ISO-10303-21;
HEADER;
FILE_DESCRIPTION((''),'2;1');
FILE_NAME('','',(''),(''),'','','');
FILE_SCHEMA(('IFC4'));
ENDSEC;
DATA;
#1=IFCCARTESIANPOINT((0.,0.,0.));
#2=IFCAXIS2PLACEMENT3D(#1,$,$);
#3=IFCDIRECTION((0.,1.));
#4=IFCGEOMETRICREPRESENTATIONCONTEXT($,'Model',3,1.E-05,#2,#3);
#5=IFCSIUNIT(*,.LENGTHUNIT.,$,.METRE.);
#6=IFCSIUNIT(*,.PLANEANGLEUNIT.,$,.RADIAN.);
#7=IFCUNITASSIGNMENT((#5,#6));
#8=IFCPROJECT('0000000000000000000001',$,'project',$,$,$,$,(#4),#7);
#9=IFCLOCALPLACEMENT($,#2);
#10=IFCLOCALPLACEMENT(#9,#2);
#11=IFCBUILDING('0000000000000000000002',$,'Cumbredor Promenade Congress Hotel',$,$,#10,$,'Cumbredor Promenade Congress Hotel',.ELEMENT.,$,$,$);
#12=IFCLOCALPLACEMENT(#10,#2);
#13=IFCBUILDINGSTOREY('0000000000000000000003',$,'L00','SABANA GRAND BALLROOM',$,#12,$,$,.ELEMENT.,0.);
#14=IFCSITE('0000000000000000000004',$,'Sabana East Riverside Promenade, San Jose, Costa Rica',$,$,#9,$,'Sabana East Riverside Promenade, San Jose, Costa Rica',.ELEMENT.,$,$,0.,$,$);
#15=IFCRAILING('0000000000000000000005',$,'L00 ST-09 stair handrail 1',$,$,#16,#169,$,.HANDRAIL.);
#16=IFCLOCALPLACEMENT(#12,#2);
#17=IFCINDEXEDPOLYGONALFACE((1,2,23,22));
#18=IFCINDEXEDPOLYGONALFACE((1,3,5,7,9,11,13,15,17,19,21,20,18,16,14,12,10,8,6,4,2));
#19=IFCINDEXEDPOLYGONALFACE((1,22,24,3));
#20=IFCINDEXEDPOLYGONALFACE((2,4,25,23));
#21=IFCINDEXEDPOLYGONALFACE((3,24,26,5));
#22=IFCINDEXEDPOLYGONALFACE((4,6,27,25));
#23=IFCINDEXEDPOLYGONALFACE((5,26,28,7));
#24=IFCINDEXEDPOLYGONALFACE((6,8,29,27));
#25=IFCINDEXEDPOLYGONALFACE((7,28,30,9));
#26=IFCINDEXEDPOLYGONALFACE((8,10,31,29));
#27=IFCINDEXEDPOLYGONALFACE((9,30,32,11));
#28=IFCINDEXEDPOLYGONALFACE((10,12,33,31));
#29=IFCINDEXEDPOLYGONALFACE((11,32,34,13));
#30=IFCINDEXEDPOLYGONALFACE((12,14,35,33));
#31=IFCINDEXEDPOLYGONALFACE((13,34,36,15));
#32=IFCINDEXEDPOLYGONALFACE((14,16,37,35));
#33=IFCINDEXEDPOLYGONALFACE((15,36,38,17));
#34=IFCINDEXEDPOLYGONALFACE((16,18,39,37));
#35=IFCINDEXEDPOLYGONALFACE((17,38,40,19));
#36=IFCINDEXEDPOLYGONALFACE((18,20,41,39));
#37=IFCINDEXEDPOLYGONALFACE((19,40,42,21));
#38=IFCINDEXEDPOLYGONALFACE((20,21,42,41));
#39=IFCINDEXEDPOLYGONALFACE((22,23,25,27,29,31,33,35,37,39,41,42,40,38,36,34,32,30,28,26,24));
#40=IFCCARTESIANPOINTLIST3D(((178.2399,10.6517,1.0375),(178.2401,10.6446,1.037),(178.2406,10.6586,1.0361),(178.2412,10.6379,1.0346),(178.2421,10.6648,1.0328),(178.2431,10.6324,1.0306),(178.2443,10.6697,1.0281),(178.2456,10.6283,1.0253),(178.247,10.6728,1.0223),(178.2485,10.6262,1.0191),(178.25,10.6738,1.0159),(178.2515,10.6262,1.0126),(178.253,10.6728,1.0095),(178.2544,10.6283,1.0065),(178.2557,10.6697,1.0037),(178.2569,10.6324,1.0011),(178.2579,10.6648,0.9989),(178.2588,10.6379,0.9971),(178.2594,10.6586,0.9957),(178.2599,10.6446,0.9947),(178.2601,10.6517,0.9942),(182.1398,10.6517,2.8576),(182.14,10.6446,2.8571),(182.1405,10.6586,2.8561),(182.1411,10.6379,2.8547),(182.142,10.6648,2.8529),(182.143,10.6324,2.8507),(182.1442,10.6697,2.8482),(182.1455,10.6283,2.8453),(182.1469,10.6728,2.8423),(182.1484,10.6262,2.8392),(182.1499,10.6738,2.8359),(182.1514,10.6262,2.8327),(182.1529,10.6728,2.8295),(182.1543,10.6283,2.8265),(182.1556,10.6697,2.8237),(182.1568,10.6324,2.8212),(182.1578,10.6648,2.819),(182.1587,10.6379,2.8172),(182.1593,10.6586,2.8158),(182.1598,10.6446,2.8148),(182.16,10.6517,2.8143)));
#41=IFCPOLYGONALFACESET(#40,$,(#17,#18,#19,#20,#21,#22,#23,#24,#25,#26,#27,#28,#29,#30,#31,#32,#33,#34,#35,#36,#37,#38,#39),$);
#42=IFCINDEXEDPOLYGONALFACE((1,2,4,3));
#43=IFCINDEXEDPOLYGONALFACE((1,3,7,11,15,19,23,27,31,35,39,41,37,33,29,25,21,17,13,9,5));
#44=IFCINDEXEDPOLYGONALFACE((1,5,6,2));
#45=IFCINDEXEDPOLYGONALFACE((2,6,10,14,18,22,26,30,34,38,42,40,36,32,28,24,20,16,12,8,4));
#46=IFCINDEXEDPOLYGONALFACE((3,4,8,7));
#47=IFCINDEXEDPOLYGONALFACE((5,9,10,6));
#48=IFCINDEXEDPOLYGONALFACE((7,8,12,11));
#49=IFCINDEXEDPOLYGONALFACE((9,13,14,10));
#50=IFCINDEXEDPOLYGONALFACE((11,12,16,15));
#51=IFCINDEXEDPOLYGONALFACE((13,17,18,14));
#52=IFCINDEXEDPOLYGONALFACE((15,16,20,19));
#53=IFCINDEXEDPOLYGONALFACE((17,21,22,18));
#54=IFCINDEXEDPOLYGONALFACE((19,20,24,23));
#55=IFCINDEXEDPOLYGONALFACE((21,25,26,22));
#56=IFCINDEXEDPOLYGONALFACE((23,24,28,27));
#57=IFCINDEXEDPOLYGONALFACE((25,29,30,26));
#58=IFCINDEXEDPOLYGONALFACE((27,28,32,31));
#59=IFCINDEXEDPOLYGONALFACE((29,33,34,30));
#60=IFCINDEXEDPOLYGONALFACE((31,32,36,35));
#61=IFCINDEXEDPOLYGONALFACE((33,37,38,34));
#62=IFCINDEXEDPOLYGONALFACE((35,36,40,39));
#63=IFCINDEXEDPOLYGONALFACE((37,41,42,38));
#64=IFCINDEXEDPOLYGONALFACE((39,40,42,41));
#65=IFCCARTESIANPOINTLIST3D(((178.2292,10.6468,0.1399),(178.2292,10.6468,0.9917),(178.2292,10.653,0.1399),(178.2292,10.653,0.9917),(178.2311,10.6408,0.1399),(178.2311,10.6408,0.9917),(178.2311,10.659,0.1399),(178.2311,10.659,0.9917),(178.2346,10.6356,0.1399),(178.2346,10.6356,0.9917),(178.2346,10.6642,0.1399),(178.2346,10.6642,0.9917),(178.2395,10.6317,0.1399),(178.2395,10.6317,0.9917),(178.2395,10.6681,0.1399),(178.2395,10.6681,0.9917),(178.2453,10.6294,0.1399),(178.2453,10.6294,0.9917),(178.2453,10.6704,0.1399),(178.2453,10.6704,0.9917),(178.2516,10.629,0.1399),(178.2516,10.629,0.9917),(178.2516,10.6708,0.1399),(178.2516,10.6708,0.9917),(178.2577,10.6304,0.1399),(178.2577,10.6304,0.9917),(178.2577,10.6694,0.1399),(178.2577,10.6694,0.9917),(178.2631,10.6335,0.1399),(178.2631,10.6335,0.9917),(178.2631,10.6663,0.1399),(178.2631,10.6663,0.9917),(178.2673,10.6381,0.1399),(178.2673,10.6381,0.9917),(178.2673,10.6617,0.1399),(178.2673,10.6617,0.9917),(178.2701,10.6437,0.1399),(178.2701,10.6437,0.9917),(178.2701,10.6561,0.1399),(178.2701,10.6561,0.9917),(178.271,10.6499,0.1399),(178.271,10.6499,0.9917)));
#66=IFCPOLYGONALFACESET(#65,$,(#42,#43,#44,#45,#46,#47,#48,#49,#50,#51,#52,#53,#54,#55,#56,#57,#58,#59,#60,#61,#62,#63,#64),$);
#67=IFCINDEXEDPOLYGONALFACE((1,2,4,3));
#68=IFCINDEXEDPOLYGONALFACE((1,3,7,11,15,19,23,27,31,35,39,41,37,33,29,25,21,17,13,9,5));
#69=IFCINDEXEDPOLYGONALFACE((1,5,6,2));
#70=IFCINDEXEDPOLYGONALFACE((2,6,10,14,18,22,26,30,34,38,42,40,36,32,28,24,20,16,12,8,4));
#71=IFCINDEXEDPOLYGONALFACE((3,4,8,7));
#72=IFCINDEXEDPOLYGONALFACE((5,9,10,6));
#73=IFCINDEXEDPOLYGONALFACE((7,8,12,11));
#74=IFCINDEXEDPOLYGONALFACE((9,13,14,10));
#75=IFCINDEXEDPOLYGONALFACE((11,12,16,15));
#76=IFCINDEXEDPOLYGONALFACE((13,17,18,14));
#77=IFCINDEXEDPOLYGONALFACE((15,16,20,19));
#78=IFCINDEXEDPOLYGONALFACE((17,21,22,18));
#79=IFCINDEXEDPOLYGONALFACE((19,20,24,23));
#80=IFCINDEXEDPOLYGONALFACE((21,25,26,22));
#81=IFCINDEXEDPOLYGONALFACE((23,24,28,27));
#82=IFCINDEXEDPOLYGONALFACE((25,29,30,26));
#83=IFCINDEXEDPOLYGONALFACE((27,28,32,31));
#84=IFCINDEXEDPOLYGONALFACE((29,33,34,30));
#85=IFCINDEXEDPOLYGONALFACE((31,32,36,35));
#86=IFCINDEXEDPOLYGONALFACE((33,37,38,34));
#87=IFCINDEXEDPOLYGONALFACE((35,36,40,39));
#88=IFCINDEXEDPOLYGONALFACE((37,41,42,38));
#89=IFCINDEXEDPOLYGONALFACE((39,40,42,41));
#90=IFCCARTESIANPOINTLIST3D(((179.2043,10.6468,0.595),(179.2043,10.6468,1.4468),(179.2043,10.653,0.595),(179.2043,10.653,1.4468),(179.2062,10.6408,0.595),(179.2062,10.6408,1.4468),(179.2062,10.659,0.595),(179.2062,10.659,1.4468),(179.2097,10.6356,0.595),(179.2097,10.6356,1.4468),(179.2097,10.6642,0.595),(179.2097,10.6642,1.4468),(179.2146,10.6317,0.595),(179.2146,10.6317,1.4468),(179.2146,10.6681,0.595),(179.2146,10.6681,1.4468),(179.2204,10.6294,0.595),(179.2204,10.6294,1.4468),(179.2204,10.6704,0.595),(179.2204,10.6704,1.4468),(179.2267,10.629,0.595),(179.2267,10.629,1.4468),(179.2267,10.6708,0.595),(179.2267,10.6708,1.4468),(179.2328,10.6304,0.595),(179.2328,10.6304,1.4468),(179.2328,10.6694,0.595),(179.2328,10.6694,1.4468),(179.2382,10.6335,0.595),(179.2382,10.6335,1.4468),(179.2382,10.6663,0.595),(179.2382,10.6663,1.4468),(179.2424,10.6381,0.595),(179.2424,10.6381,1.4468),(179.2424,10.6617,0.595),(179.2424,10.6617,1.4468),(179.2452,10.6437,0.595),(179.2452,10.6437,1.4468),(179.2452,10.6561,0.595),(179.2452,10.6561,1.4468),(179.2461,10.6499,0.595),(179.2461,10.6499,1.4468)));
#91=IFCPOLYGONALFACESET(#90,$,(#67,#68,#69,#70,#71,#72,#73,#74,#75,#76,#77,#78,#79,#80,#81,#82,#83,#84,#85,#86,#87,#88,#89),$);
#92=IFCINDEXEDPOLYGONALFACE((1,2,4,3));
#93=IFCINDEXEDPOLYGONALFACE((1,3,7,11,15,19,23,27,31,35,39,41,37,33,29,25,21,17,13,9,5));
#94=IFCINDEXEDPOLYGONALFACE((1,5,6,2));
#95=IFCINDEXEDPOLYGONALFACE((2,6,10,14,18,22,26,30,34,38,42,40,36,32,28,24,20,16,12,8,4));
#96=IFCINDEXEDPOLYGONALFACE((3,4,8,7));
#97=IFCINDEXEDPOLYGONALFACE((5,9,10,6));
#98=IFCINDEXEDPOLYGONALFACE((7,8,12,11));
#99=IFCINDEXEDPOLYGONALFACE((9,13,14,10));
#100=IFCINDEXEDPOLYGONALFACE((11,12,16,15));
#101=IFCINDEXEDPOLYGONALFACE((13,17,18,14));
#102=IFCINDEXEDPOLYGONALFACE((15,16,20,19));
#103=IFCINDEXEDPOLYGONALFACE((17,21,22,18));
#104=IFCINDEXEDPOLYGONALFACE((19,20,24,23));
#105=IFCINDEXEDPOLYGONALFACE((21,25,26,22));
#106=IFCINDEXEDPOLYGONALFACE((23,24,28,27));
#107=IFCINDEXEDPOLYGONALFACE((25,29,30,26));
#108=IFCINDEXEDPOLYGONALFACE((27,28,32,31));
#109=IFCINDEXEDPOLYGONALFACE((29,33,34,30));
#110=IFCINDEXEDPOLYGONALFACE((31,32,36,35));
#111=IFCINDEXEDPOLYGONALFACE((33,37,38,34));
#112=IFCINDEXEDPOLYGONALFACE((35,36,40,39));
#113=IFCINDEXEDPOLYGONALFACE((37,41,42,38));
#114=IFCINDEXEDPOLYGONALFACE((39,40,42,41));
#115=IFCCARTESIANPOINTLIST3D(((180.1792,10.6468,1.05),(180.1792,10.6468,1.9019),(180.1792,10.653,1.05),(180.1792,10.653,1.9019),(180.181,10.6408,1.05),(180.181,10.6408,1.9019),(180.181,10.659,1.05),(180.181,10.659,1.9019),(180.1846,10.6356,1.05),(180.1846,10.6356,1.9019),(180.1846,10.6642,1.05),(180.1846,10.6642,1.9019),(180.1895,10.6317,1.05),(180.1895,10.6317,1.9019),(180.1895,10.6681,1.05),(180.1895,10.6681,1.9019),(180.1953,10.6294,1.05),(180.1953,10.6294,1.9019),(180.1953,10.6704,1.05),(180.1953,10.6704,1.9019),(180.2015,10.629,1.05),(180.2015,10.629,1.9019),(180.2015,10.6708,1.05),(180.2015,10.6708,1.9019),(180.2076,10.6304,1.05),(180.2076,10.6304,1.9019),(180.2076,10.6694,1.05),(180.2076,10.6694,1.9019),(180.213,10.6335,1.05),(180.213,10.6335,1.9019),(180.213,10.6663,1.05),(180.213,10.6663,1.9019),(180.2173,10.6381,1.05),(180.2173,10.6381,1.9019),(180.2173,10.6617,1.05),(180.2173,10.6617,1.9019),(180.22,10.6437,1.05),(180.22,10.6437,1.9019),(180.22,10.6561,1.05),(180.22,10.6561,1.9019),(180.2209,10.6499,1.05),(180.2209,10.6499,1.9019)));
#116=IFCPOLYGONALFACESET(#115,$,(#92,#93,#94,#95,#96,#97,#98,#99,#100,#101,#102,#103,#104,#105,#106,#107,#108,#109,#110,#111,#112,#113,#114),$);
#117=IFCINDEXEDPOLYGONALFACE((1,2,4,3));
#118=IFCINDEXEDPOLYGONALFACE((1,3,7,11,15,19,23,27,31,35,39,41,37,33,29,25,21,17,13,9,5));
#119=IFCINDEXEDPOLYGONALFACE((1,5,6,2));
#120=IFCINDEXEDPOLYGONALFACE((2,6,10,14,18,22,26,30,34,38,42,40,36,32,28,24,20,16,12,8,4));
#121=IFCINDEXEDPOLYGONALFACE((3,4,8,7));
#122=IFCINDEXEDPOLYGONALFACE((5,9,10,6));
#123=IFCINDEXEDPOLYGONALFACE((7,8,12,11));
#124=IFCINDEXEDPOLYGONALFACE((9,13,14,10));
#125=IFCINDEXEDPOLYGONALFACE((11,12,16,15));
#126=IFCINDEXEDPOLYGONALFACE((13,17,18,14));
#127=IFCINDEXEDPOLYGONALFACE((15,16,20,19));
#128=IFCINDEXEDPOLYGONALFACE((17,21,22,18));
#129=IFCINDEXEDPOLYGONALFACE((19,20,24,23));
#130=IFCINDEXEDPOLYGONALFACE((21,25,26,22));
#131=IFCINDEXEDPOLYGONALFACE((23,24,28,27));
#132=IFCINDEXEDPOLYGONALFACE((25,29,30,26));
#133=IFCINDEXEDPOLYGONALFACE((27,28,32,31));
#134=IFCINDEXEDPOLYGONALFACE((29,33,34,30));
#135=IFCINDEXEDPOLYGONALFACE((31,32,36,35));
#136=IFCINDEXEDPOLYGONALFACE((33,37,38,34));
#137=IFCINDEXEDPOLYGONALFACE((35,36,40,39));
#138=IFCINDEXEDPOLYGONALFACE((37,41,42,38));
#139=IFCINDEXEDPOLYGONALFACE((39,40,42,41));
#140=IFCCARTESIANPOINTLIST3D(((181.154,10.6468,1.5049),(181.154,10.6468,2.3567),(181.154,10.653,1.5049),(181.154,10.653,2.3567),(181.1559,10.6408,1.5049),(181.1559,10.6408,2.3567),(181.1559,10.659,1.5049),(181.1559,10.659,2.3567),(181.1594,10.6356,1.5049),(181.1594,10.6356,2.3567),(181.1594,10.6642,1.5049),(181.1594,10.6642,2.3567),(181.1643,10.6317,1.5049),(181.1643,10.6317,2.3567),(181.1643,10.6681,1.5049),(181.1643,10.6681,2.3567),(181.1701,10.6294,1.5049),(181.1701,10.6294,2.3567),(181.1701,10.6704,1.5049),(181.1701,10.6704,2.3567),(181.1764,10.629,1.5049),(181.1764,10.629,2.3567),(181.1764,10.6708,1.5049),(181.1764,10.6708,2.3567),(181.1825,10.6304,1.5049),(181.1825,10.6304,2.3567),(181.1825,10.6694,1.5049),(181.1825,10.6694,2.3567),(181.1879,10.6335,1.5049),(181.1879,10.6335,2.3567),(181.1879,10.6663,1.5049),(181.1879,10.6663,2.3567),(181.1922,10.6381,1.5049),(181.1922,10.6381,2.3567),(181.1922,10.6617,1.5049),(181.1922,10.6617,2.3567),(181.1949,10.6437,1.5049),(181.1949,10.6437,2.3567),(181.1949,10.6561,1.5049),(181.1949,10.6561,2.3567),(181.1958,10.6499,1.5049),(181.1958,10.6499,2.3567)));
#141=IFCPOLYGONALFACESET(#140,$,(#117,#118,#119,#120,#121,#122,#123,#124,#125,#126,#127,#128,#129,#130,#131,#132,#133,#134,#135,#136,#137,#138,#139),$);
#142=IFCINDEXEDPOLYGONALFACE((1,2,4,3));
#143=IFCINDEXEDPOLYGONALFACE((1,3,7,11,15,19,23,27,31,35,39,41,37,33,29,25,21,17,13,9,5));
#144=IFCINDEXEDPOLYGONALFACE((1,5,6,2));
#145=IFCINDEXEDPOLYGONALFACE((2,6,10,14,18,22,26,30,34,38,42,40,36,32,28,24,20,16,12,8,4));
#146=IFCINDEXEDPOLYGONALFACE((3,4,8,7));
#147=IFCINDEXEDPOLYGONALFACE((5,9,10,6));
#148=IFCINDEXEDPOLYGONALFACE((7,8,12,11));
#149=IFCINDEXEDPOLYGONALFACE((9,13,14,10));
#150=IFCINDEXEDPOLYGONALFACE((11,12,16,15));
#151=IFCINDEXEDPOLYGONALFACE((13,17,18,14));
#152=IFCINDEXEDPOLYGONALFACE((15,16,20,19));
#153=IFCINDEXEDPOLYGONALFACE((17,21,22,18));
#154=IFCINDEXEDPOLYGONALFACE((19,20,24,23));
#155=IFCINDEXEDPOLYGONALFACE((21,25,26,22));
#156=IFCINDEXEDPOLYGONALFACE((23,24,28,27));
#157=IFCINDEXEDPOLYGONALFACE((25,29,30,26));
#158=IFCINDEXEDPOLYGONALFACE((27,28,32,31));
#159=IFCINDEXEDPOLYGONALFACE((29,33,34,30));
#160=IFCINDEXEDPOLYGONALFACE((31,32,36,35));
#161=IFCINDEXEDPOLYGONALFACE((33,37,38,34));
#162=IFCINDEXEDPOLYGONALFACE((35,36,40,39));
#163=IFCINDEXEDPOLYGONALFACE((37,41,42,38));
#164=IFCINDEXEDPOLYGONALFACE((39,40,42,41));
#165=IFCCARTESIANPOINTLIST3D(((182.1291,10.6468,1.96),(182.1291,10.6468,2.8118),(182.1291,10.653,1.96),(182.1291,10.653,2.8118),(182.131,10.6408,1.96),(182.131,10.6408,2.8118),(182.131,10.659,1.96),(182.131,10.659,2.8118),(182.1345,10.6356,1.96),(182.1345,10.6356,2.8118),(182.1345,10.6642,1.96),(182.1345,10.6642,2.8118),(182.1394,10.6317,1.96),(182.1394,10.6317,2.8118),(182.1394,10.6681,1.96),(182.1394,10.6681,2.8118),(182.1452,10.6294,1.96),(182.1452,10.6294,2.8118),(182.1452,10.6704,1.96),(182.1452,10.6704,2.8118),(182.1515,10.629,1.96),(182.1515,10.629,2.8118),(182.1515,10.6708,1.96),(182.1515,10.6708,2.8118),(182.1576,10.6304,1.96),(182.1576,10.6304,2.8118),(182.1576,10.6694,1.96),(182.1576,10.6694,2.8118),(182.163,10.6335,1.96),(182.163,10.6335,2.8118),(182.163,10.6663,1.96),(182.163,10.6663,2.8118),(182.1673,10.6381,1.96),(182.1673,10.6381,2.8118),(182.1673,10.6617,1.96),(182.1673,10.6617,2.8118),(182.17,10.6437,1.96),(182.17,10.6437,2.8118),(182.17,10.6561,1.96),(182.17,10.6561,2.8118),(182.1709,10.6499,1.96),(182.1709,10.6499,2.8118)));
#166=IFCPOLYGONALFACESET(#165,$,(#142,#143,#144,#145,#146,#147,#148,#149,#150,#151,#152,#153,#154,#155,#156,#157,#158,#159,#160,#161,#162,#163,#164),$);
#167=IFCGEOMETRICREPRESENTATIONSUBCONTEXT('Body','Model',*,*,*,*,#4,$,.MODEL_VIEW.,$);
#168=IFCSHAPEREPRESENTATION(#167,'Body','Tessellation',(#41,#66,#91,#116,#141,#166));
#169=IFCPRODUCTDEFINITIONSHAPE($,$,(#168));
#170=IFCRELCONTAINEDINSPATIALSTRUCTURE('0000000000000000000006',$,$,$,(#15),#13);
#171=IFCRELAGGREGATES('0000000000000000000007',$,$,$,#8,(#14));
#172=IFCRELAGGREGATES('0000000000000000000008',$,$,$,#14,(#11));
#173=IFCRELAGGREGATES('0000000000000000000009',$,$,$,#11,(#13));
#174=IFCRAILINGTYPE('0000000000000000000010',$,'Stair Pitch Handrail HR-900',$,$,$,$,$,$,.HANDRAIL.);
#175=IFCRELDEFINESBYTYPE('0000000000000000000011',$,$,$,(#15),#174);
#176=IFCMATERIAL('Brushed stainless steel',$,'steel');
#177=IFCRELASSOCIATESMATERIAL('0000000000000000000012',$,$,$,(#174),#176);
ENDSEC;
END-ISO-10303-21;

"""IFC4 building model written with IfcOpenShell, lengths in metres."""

from ifc_helpers import new_model, si_unit, direction, frame, origin, origin_2d, place, context, subcontext, project, spatial, circle, extrude, material, type_object, element, save


model = new_model("IFC4")

# Units and contexts
model_context = context("Model", 3, precision=1e-05, world=origin(), true_north=direction((0.0, 1.0)))
body_context = subcontext(model_context, "Body", "Model", "MODEL_VIEW")
ifc_project = project(units=[si_unit("LENGTHUNIT", "METRE"), si_unit("PLANEANGLEUNIT", "RADIAN")], contexts=[model_context])

# Site, building, storey
site_placement = place(None, origin())
site = spatial("IfcSite", under=ifc_project, at=site_placement, Name="Sabana East Riverside Promenade, San Jose, Costa Rica", LongName="Sabana East Riverside Promenade, San Jose, Costa Rica", CompositionType="ELEMENT", RefElevation=0.0)
building_placement = place(site_placement, origin())
building = spatial("IfcBuilding", under=site, at=building_placement, Name="Cumbredor Promenade Congress Hotel", LongName="Cumbredor Promenade Congress Hotel", CompositionType="ELEMENT")
storey_placement = place(building_placement, origin())
storey = spatial("IfcBuildingStorey", under=building, at=storey_placement, Name="L00", Description="SABANA GRAND BALLROOM", CompositionType="ELEMENT", Elevation=0.0)

# Railing
ifc_material_1 = material(Name="Brushed stainless steel", Category="steel")
railing_type_1 = type_object("IfcRailingType", Name="Stair Pitch Handrail HR-900", PredefinedType="HANDRAIL", material=ifc_material_1)
railing_1_placement = place(storey_placement, frame((178.25, 10.6499, 0.1399)))
element("IfcRailing", 1, at=railing_1_placement, inside=storey, type_object=railing_type_1, Name="L00 ST-09 stair handrail 1", PredefinedType="HANDRAIL", context=body_context, shape_type="SweptSolid", body=[
    extrude(circle(Radius=0.0239, at=origin_2d()), frame((0.0, 0.0, 0.876), z_axis=(0.906173, 0.0, 0.422907), x_axis=(0.0, 1.0, 0.0)), (0.0, 0.0, 1.0), 4.3037),
    extrude(circle(Radius=0.021, at=origin_2d()), origin(), (0.0, 0.0, 1.0), 0.8518),
    extrude(circle(Radius=0.021, at=origin_2d()), frame((0.9751, 0.0, 0.4551)), (0.0, 0.0, 1.0), 0.8518),
    extrude(circle(Radius=0.021, at=origin_2d()), frame((1.95, 0.0, 0.9102)), (0.0, 0.0, 1.0), 0.8518),
    extrude(circle(Radius=0.021, at=origin_2d()), frame((2.9248, 0.0, 1.365)), (0.0, 0.0, 1.0), 0.8518),
    extrude(circle(Radius=0.021, at=origin_2d()), frame((3.8999, 0.0, 1.8201)), (0.0, 0.0, 1.0), 0.8518),
])

save(model, "model.ifc")
